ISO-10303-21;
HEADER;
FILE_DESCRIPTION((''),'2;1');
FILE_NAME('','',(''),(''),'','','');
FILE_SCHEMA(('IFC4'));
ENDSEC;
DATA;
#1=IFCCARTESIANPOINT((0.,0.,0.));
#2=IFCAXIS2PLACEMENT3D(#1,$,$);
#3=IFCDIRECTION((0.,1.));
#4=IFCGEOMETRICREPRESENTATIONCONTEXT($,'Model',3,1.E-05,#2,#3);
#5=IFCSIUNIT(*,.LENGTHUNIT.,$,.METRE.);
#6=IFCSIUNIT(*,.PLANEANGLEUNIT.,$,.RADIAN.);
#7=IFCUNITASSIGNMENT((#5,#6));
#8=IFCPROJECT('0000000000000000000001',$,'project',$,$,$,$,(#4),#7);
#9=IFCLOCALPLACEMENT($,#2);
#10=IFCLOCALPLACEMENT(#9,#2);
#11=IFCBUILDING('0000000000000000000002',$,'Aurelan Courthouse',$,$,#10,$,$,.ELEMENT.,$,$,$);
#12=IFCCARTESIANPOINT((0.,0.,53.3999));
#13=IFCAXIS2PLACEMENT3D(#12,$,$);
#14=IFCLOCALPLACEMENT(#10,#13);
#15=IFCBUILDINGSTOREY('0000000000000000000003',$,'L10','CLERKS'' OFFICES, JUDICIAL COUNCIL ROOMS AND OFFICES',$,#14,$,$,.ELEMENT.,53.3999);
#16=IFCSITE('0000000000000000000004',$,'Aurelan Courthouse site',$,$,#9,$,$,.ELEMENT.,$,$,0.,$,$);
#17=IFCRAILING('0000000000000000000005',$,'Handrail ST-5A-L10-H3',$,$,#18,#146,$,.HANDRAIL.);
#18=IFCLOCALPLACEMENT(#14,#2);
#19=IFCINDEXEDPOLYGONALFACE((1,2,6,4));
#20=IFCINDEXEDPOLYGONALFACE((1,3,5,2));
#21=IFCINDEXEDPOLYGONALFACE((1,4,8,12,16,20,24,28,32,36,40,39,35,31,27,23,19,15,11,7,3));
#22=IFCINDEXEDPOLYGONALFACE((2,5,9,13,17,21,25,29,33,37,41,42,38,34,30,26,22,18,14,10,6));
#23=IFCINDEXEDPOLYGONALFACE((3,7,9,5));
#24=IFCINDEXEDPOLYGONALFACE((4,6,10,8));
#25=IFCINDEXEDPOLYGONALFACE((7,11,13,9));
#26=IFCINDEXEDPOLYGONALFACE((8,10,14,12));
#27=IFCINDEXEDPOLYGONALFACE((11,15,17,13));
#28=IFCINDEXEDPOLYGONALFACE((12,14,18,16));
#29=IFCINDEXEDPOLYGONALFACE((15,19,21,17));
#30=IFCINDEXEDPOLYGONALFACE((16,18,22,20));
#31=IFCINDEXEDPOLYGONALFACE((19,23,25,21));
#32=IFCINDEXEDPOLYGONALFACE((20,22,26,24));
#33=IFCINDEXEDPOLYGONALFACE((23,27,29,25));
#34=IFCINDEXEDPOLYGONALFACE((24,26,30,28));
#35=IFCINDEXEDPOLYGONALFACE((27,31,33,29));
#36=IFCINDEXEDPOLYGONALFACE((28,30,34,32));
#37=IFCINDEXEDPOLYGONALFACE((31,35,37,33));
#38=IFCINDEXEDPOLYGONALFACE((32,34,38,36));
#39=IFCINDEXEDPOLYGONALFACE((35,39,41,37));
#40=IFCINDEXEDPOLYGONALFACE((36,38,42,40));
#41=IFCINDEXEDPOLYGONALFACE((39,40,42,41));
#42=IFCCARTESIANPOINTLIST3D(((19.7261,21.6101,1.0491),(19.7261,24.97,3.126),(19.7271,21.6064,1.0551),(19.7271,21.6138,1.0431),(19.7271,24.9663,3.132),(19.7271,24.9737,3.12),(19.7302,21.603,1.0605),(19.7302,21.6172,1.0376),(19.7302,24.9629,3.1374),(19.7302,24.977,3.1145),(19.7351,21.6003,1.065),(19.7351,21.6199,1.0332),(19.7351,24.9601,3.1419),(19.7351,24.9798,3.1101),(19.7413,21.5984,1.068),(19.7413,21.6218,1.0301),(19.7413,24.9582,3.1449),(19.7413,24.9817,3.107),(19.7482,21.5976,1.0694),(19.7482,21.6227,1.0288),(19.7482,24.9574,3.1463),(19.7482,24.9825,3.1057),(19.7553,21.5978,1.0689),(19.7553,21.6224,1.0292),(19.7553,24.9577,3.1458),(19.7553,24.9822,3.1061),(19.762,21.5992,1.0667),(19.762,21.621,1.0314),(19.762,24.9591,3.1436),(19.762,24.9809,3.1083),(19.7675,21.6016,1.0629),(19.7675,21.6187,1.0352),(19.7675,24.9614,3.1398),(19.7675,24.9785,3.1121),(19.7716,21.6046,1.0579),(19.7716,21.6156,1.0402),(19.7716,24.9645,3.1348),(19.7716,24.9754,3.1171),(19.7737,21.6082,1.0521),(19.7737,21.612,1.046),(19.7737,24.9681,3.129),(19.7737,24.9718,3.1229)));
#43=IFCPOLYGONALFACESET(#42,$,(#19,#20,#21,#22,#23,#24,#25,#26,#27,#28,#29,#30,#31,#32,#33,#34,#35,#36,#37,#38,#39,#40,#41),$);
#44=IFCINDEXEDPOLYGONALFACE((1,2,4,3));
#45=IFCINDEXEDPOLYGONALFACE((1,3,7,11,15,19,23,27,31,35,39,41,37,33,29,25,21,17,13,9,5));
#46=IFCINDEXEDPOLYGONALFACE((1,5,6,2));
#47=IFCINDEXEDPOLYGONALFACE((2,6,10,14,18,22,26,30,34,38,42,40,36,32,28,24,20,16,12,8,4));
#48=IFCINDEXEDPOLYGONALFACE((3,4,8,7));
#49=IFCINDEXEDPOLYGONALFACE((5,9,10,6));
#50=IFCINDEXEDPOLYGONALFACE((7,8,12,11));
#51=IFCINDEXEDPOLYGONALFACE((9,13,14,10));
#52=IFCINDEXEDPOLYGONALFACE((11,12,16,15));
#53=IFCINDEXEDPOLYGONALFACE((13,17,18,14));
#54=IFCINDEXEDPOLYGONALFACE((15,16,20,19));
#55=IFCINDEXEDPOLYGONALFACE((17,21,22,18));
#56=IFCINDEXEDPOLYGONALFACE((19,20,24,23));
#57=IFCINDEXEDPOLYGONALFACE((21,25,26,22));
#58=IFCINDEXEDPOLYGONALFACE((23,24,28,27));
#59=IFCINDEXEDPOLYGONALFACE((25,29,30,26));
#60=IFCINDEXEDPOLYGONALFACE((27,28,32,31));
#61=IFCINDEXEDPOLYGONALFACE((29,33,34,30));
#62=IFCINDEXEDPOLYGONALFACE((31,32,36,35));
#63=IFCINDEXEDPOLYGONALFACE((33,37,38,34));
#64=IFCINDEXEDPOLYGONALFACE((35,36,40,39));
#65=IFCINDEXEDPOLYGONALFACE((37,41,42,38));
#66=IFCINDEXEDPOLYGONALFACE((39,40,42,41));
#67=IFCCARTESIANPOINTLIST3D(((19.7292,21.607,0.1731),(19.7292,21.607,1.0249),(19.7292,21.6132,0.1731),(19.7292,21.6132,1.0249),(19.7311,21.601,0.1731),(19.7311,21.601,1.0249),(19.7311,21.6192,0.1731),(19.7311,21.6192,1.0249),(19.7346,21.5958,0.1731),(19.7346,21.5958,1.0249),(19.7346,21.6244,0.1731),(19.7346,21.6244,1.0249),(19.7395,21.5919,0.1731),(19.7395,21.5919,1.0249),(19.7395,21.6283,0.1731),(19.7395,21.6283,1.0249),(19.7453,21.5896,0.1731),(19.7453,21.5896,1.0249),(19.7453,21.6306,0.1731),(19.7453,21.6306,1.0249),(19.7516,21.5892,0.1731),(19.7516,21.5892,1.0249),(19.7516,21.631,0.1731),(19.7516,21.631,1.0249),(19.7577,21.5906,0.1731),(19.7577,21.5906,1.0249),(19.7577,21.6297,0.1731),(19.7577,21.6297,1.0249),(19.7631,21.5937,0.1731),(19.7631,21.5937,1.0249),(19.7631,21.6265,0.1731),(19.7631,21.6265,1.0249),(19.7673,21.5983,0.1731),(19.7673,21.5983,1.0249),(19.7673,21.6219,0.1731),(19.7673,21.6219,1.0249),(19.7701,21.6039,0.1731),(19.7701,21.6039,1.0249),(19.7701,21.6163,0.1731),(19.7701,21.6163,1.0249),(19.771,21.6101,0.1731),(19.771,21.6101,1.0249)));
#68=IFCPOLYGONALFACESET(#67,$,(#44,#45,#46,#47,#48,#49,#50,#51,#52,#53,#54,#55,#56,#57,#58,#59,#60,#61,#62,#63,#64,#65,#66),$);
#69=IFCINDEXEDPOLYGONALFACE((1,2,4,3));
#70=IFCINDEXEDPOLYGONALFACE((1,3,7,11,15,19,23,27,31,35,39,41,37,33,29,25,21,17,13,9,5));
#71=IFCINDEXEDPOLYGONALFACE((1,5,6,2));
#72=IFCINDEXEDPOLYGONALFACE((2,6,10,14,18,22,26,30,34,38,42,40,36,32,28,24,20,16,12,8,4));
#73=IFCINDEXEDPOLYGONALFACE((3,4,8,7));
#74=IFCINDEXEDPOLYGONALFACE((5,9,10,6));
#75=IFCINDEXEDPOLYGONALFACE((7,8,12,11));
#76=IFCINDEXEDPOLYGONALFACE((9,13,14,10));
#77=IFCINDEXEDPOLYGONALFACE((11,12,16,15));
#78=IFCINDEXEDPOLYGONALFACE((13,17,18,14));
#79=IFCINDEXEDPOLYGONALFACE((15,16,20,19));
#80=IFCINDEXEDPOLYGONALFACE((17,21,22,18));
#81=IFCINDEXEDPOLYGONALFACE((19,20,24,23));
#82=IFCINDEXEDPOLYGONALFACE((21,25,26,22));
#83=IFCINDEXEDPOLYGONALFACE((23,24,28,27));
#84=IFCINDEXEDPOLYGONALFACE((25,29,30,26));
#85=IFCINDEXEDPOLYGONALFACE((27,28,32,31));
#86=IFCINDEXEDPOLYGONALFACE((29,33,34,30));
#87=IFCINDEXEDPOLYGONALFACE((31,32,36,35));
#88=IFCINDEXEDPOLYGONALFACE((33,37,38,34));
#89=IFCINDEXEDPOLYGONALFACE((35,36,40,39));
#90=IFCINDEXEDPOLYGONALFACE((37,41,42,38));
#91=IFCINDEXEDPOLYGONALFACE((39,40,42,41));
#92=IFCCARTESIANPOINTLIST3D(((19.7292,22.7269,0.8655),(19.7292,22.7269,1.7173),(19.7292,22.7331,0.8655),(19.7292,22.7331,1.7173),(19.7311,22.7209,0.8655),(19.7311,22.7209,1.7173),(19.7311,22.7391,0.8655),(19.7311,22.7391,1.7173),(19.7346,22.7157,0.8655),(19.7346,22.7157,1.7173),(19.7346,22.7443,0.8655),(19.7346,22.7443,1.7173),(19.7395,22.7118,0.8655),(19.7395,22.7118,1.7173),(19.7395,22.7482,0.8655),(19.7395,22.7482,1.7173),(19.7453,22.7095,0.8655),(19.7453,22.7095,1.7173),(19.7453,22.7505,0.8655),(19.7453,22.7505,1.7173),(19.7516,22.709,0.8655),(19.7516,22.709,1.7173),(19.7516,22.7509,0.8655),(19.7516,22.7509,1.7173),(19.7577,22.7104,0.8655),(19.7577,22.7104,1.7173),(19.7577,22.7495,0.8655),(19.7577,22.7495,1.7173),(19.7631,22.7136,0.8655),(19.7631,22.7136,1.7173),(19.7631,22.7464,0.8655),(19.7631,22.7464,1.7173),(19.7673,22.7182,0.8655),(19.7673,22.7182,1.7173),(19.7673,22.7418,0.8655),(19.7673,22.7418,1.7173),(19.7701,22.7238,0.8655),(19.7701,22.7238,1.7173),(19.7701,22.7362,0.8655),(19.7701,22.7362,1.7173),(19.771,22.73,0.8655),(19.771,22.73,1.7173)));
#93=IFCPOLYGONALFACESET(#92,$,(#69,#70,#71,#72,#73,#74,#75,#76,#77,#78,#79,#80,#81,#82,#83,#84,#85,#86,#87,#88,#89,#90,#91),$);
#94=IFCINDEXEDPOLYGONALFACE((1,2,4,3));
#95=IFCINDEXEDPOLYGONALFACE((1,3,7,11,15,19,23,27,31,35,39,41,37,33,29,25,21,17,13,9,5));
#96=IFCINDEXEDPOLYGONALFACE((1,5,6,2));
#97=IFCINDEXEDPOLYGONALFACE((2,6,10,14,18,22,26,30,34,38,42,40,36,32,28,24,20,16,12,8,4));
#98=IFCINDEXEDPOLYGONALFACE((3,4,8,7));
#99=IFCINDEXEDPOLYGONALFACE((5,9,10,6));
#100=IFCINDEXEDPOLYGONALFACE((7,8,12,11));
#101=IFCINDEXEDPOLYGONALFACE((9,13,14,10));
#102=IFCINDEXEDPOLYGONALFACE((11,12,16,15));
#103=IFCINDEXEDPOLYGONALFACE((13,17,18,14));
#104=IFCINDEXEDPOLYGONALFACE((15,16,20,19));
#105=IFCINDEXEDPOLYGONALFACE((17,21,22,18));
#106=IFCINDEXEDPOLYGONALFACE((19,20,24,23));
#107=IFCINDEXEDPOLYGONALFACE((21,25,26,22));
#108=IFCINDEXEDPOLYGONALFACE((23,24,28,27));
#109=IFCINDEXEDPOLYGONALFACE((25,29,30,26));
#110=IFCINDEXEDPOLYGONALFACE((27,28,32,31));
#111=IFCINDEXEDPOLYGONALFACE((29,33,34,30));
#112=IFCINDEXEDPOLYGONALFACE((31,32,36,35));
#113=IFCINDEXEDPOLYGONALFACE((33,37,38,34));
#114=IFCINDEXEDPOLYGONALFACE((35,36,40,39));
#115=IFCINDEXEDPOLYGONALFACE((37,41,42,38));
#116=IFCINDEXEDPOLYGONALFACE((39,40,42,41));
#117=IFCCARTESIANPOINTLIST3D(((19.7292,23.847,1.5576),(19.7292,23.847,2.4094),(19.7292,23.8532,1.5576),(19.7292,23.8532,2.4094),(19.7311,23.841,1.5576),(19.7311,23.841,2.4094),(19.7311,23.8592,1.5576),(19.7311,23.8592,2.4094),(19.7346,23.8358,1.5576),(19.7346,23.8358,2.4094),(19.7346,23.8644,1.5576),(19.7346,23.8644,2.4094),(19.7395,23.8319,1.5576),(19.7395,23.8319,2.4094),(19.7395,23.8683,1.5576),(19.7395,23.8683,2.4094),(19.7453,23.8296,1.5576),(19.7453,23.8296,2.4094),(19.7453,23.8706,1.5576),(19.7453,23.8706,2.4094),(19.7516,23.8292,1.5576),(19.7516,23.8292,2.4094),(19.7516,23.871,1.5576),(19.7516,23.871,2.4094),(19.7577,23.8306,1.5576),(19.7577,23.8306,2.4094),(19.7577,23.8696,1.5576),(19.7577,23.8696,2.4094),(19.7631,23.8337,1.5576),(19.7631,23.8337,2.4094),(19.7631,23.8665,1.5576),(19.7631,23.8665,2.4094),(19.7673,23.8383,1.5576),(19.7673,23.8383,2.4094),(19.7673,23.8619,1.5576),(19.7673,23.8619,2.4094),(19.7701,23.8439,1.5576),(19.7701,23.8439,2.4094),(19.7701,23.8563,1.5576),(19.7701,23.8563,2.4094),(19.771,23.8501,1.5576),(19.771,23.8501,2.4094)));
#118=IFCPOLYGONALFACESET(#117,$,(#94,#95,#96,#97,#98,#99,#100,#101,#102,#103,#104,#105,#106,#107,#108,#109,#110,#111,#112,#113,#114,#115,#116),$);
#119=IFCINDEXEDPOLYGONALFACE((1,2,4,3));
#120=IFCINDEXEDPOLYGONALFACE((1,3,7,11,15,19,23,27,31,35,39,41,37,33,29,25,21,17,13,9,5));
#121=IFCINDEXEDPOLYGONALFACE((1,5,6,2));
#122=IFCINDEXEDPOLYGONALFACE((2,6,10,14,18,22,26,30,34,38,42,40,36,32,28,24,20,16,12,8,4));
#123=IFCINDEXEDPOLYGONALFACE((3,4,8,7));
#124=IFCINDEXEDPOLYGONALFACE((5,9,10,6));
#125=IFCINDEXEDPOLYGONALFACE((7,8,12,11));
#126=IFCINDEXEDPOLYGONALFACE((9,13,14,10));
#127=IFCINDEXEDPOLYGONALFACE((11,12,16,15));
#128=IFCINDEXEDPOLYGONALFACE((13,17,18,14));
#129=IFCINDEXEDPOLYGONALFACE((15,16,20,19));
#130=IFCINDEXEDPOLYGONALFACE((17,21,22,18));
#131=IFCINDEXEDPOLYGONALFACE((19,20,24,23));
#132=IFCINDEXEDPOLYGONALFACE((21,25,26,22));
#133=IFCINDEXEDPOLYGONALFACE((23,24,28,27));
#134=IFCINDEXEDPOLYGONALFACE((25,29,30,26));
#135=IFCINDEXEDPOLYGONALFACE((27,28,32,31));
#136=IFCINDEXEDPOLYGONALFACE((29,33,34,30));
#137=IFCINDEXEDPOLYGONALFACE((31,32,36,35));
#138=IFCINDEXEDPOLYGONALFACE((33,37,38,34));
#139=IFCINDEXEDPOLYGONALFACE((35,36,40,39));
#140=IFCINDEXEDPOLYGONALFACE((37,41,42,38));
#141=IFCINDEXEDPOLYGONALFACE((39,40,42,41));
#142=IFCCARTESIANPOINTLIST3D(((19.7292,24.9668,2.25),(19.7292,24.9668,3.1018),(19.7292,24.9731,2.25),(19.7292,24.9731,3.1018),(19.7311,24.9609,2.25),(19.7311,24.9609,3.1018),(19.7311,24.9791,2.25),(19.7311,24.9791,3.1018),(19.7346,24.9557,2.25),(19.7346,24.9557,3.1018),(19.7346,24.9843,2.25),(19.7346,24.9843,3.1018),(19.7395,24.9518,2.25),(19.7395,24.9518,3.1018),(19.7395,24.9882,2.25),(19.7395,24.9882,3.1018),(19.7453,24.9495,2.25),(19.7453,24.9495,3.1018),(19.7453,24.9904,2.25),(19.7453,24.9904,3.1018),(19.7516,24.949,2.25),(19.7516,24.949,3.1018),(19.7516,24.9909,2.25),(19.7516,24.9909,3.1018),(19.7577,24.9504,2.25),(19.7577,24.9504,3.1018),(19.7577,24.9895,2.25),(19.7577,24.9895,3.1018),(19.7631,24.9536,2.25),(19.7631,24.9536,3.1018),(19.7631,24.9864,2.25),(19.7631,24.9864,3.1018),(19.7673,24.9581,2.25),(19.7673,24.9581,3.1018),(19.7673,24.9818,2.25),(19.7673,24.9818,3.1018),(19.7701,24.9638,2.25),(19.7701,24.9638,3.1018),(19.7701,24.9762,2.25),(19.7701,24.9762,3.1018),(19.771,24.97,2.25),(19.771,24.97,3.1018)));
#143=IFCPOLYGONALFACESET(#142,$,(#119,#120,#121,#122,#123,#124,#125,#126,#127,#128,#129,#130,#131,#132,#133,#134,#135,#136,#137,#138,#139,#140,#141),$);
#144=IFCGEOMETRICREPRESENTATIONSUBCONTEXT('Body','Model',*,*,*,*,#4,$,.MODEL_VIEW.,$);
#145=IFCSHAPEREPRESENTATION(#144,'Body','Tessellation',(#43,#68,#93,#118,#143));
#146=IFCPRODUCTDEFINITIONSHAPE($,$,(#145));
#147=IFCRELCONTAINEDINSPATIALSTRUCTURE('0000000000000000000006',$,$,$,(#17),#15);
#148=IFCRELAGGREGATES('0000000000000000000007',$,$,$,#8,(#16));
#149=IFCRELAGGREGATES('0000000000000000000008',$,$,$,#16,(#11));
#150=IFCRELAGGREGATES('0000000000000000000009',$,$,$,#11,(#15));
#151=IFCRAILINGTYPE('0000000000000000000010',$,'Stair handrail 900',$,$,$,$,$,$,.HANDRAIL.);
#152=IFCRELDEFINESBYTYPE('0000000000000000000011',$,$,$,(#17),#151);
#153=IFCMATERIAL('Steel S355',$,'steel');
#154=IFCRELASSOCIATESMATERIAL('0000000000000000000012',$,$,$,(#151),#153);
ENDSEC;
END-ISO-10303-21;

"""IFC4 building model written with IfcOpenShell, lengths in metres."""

from ifc_helpers import new_model, si_unit, direction, frame, origin, origin_2d, place, context, subcontext, project, spatial, circle, extrude, material, type_object, element, save


model = new_model("IFC4")

# Units and contexts
model_context = context("Model", 3, precision=1e-05, world=origin(), true_north=direction((0.0, 1.0)))
body_context = subcontext(model_context, "Body", "Model", "MODEL_VIEW")
ifc_project = project(units=[si_unit("LENGTHUNIT", "METRE"), si_unit("PLANEANGLEUNIT", "RADIAN")], contexts=[model_context])

# Site, building, storey
site_placement = place(None, origin())
site = spatial("IfcSite", under=ifc_project, at=site_placement, Name="Aurelan Courthouse site", CompositionType="ELEMENT", RefElevation=0.0)
building_placement = place(site_placement, origin())
building = spatial("IfcBuilding", under=site, at=building_placement, Name="Aurelan Courthouse", CompositionType="ELEMENT")
storey_placement = place(building_placement, frame((0.0, 0.0, 53.3999)))
storey = spatial("IfcBuildingStorey", under=building, at=storey_placement, Name="L10", Description="CLERKS' OFFICES, JUDICIAL COUNCIL ROOMS AND OFFICES", CompositionType="ELEMENT", Elevation=53.3999)

# Railing
ifc_material_1 = material(Name="Steel S355", Category="steel")
railing_type_1 = type_object("IfcRailingType", Name="Stair handrail 900", PredefinedType="HANDRAIL", material=ifc_material_1)
for number, where, name in (
    (1, (19.75, 21.6101, 0.1731), "Handrail ST-5A-L10-H3"),
):
    element("IfcRailing", number, at=place(storey_placement, frame(where)), inside=storey, type_object=railing_type_1, Name=name, PredefinedType="HANDRAIL", context=body_context, shape_type="SweptSolid", body=[
        extrude(circle(Radius=0.0239, at=origin_2d()), frame((0.0, 0.0, 0.876), z_axis=(0.0, 0.850606, 0.525803), x_axis=(-1.0, 0.0, 0.0)), (0.0, 0.0, 1.0), 3.95),
        extrude(circle(Radius=0.021, at=origin_2d()), origin(), (0.0, 0.0, 1.0), 0.8518),
        extrude(circle(Radius=0.021, at=origin_2d()), frame((0.0, 1.1199, 0.6924)), (0.0, 0.0, 1.0), 0.8518),
        extrude(circle(Radius=0.021, at=origin_2d()), frame((0.0, 2.24, 1.3845)), (0.0, 0.0, 1.0), 0.8518),
        extrude(circle(Radius=0.021, at=origin_2d()), frame((0.0, 3.3599, 2.0769)), (0.0, 0.0, 1.0), 0.8518),
    ])

save(model, "model.ifc")
